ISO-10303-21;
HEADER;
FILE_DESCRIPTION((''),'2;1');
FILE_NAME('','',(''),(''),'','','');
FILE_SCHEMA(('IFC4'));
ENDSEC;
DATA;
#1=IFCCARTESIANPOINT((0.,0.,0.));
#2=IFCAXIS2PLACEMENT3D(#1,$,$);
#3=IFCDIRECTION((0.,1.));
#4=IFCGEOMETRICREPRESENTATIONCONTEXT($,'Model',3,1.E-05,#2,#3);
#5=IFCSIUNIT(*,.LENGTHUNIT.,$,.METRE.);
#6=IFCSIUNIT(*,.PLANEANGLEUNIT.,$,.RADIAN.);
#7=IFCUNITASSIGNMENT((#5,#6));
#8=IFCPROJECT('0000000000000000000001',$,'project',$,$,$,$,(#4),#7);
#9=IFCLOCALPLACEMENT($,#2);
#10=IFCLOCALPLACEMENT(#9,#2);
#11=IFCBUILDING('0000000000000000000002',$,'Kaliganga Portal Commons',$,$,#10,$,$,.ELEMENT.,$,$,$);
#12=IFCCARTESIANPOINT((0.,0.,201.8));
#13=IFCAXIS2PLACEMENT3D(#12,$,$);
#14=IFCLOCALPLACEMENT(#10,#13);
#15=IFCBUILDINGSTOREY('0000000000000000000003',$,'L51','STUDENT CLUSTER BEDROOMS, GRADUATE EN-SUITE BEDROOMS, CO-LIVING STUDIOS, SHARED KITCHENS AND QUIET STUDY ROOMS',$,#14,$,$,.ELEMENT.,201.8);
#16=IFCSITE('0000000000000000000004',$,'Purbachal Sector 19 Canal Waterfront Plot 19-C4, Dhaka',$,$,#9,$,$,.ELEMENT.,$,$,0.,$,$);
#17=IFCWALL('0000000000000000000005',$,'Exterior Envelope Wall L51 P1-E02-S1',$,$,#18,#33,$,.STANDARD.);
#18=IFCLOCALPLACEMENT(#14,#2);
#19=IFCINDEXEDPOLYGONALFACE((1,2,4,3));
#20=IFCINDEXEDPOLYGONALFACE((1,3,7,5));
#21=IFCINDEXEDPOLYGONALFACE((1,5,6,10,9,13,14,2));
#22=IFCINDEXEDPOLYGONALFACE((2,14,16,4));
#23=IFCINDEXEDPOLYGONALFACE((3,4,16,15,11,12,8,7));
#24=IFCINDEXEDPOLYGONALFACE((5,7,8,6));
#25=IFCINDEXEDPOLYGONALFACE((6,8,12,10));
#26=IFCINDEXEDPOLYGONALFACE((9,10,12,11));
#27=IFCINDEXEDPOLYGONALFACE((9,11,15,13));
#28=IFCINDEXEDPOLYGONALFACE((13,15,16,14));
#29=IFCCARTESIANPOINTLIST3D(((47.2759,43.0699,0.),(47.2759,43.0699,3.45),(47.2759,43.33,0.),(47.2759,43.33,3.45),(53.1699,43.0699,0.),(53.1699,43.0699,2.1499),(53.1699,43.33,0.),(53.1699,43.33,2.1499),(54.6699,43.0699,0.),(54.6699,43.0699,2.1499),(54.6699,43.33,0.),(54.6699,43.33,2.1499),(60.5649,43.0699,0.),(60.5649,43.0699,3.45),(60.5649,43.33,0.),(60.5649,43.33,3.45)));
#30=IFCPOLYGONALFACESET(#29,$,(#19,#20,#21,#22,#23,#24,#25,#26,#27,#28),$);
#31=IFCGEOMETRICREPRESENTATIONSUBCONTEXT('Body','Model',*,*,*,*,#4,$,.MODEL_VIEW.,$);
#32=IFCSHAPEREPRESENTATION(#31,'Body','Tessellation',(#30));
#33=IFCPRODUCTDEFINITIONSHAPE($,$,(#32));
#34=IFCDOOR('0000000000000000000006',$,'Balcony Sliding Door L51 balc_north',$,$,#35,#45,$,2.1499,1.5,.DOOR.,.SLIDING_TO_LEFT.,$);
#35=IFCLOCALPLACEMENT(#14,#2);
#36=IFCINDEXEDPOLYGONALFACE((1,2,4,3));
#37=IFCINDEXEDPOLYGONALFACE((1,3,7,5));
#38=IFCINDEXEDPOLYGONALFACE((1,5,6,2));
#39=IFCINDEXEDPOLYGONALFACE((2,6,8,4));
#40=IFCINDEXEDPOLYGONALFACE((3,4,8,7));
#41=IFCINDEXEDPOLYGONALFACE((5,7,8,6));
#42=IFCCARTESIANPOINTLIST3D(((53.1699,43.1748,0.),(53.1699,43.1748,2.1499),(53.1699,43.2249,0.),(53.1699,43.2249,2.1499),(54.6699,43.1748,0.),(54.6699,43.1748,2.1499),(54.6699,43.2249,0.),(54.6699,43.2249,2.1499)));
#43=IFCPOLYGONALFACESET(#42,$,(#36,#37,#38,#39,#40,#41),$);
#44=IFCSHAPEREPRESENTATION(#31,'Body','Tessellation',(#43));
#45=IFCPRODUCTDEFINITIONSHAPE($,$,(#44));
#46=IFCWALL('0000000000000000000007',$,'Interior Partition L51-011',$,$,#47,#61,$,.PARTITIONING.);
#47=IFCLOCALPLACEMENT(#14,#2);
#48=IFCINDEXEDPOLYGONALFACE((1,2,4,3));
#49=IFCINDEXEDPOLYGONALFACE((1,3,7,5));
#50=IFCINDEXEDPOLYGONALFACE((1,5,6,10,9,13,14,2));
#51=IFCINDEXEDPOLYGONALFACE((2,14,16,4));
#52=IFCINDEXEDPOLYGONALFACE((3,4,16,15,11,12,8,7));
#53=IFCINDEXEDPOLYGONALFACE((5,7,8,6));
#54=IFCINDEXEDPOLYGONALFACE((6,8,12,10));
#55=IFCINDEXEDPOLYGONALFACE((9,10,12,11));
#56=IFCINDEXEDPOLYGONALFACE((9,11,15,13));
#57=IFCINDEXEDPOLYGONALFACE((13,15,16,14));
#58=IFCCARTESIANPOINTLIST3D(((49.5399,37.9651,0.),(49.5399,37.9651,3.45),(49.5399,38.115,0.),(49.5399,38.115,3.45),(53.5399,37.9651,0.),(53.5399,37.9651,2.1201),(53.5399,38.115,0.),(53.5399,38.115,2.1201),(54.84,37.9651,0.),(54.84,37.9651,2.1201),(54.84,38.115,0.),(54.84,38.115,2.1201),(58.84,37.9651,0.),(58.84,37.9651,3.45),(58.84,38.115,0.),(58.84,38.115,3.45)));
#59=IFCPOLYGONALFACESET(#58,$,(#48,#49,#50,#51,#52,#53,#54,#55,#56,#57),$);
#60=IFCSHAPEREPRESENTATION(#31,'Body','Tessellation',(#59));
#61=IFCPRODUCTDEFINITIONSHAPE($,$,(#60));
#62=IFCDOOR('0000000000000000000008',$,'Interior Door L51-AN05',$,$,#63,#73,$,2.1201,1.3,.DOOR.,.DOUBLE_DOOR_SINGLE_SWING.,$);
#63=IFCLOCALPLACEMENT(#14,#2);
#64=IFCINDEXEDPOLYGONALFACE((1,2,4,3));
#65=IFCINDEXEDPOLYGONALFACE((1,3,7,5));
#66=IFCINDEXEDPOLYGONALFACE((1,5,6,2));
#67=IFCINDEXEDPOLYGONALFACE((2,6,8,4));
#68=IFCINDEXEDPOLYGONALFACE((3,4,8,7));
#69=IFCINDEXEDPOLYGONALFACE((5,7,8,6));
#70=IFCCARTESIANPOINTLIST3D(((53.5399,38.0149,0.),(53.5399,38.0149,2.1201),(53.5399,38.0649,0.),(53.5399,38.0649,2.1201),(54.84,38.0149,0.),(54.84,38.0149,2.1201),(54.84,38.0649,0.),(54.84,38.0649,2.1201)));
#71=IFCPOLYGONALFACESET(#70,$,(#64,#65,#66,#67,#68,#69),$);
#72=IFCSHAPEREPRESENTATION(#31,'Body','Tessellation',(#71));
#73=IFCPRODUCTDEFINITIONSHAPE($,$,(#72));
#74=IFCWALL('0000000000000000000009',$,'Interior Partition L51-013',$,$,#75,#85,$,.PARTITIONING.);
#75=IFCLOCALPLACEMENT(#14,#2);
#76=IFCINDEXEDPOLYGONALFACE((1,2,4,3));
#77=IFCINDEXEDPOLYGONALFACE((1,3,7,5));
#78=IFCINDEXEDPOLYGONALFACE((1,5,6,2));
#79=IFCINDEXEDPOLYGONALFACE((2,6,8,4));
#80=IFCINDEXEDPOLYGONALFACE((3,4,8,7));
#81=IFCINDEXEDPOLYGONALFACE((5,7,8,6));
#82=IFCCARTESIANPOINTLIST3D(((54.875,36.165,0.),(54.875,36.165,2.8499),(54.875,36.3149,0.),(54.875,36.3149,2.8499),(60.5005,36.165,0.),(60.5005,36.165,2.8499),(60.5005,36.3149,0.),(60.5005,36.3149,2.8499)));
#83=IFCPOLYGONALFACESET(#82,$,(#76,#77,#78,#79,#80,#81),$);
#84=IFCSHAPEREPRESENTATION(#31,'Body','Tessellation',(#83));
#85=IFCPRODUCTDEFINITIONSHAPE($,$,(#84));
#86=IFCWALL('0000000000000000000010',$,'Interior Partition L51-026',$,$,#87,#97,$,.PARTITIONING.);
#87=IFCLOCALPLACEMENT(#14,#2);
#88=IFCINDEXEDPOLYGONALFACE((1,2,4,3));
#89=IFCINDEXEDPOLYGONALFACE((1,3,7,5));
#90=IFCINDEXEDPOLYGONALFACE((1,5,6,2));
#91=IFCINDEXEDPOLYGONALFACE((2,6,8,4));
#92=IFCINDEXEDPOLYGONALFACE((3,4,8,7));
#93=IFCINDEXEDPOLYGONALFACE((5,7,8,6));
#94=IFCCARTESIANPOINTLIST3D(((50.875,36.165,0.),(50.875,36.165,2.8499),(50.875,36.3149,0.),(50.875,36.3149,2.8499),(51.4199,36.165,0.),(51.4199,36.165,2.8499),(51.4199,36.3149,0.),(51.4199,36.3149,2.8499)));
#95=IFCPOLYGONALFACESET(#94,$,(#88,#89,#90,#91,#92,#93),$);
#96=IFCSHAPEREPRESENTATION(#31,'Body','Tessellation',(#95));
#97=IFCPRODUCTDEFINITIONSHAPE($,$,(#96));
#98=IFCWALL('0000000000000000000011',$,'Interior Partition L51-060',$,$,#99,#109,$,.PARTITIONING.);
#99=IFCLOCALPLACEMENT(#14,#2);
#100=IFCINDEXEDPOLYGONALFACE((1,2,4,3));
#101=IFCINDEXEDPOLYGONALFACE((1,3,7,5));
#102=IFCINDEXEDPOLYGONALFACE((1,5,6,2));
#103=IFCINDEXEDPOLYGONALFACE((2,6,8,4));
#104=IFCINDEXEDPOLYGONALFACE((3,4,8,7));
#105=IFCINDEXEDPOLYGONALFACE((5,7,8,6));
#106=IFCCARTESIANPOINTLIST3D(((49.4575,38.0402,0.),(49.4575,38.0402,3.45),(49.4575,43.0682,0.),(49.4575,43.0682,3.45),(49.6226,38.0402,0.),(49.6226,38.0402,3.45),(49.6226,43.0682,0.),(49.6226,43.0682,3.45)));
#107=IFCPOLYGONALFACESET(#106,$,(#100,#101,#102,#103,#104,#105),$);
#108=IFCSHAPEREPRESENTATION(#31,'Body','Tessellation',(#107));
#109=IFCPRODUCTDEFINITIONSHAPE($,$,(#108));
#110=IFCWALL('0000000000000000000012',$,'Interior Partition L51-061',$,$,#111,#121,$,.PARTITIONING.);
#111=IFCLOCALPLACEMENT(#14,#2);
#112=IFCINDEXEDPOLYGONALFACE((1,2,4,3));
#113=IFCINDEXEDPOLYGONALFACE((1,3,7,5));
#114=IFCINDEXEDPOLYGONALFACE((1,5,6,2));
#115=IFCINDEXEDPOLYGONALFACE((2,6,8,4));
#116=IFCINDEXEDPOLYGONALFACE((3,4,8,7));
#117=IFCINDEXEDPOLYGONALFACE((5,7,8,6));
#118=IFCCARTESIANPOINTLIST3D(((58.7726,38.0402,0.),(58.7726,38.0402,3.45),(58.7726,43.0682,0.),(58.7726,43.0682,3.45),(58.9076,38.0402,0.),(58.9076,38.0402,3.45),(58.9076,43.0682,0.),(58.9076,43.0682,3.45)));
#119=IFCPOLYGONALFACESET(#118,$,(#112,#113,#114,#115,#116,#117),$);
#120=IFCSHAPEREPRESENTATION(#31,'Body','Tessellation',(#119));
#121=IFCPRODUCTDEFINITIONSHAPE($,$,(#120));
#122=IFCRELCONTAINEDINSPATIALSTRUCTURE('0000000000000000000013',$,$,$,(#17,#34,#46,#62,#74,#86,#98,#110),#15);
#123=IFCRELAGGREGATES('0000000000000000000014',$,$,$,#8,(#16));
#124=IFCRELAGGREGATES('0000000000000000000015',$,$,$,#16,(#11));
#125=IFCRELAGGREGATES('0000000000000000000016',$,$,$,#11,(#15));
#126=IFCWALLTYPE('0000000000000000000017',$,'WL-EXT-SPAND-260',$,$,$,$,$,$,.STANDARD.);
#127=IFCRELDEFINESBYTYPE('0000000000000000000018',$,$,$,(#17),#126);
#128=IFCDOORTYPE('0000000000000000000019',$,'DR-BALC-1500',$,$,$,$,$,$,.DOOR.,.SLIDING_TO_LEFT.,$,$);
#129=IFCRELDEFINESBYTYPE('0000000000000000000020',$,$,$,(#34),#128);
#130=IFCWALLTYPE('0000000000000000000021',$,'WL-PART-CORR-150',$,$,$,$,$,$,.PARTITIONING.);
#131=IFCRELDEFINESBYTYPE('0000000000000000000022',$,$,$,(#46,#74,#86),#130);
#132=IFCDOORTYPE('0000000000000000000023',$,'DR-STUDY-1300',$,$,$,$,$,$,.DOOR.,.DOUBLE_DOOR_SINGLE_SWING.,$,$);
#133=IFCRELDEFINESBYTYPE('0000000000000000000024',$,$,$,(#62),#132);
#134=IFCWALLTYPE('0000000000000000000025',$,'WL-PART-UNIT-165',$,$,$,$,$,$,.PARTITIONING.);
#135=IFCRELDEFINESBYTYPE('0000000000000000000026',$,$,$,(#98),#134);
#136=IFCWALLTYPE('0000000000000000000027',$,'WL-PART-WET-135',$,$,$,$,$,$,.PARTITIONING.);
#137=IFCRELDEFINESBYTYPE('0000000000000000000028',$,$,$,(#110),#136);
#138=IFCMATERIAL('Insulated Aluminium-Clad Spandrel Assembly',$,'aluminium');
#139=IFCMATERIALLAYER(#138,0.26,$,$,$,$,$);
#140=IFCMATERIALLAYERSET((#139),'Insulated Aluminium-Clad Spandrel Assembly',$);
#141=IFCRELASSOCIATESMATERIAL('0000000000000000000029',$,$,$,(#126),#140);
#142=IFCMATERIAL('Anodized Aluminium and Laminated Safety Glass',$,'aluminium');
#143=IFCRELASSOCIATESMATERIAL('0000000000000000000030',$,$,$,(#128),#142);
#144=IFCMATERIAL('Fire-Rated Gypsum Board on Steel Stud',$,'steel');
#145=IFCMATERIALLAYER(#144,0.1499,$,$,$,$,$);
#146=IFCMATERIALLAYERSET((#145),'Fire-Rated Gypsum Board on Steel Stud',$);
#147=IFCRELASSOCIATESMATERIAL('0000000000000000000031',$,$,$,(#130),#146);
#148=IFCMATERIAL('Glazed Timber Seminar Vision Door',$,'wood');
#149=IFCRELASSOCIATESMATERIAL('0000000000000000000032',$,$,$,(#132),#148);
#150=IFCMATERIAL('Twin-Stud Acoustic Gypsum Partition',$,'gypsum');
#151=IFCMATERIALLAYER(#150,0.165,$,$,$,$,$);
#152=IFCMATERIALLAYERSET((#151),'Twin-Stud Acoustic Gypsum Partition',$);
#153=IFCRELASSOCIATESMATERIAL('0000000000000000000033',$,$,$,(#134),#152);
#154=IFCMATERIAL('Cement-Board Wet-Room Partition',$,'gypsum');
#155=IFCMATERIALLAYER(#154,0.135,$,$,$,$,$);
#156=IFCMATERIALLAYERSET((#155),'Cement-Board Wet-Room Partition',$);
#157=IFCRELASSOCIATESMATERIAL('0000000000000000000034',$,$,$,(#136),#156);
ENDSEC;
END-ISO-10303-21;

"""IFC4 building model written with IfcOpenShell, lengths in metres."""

from ifc_helpers import new_model, si_unit, direction, frame, frame_2d, origin, place, context, subcontext, project, spatial, rectangle, extrude, material, layer, layer_set, type_object, element, fill, save


model = new_model("IFC4")

# Units and contexts
model_context = context("Model", 3, precision=1e-05, world=origin(), true_north=direction((0.0, 1.0)))
body_context = subcontext(model_context, "Body", "Model", "MODEL_VIEW")
ifc_project = project(units=[si_unit("LENGTHUNIT", "METRE"), si_unit("PLANEANGLEUNIT", "RADIAN")], contexts=[model_context])

# Site, building, storey
site_placement = place(None, origin())
site = spatial("IfcSite", under=ifc_project, at=site_placement, Name="Purbachal Sector 19 Canal Waterfront Plot 19-C4, Dhaka", CompositionType="ELEMENT", RefElevation=0.0)
building_placement = place(site_placement, origin())
building = spatial("IfcBuilding", under=site, at=building_placement, Name="Kaliganga Portal Commons", CompositionType="ELEMENT")
storey_placement = place(building_placement, frame((0.0, 0.0, 201.8)))
storey = spatial("IfcBuildingStorey", under=building, at=storey_placement, Name="L51", Description="STUDENT CLUSTER BEDROOMS, GRADUATE EN-SUITE BEDROOMS, CO-LIVING STUDIOS, SHARED KITCHENS AND QUIET STUDY ROOMS", CompositionType="ELEMENT", Elevation=201.8)

# Shared definitions
ifc_material_1 = material(Name="Insulated Aluminium-Clad Spandrel Assembly", Category="aluminium")
ifc_layer_1 = layer(ifc_material_1, 0.26)
ifc_layer_set_1 = layer_set([ifc_layer_1], Name="Insulated Aluminium-Clad Spandrel Assembly")
wall_type_1 = type_object("IfcWallType", Name="WL-EXT-SPAND-260", PredefinedType="STANDARD", material=ifc_layer_set_1)

# Walls, openings, doors
wall_1_placement = place(storey_placement, frame((47.2759, 43.2, 0.0), z_axis=(0.0, 0.0, 1.0), x_axis=(1.0, 0.0, 0.0)))
wall_1 = element("IfcWall", 1, at=wall_1_placement, inside=storey, type_object=wall_type_1, Name="Exterior Envelope Wall L51 P1-E02-S1", PredefinedType="STANDARD", context=body_context, shape_type="SweptSolid", body=[
    extrude(rectangle(XDim=13.2891, YDim=0.26, at=frame_2d((6.6445, 0.0))), origin(), (0.0, 0.0, 1.0), 3.45),
])
opening_1_placement = place(wall_1_placement, frame((5.894, 0.0, 0.0)))
opening_1 = element("IfcOpeningElement", 2, at=opening_1_placement, cuts=wall_1, PredefinedType="OPENING", context=body_context, shape_type="SweptSolid", body=[
    extrude(rectangle(XDim=1.5, YDim=2.1499, at=frame_2d((0.75, 1.075))), frame((0.0, 0.1401, 0.0), z_axis=(0.0, -1.0, 0.0), x_axis=(1.0, 0.0, 0.0)), (0.0, 0.0, 1.0), 0.28),
])
ifc_material_2 = material(Name="Anodized Aluminium and Laminated Safety Glass", Category="aluminium")
door_type_1 = type_object("IfcDoorType", Name="DR-BALC-1500", OperationType="SLIDING_TO_LEFT", PredefinedType="DOOR", material=ifc_material_2)
door_1_placement = place(opening_1_placement, origin())
door_1 = element("IfcDoor", 3, at=door_1_placement, inside=storey, type_object=door_type_1, Name="Balcony Sliding Door L51 balc_north", OperationType="SLIDING_TO_LEFT", OverallHeight=2.1499, OverallWidth=1.5, PredefinedType="DOOR", context=body_context, shape_type="SweptSolid", body=[
    extrude(rectangle(XDim=1.5, YDim=2.1499, at=frame_2d((0.75, 1.075))), frame((0.0, 0.0249, 0.0), z_axis=(0.0, -1.0, 0.0), x_axis=(1.0, 0.0, 0.0)), (0.0, 0.0, 1.0), 0.05),
])
fill(opening_1, door_1)
ifc_material_3 = material(Name="Fire-Rated Gypsum Board on Steel Stud", Category="steel")
ifc_layer_2 = layer(ifc_material_3, 0.1499)
ifc_layer_set_2 = layer_set([ifc_layer_2], Name="Fire-Rated Gypsum Board on Steel Stud")
wall_type_2 = type_object("IfcWallType", Name="WL-PART-CORR-150", PredefinedType="PARTITIONING", material=ifc_layer_set_2)
wall_2_placement = place(storey_placement, frame((49.54, 38.04, 0.0), z_axis=(0.0, 0.0, 1.0), x_axis=(1.0, 0.0, 0.0)))
wall_2 = element("IfcWall", 4, at=wall_2_placement, inside=storey, type_object=wall_type_2, Name="Interior Partition L51-011", PredefinedType="PARTITIONING", context=body_context, shape_type="SweptSolid", body=[
    extrude(rectangle(XDim=9.3, YDim=0.1499, at=frame_2d((4.6499, 0.0))), origin(), (0.0, 0.0, 1.0), 3.45),
])
opening_2_placement = place(wall_2_placement, frame((4.0, 0.0, 0.0)))
opening_2 = element("IfcOpeningElement", 5, at=opening_2_placement, cuts=wall_2, PredefinedType="OPENING", context=body_context, shape_type="SweptSolid", body=[
    extrude(rectangle(XDim=1.3, YDim=2.1201, at=frame_2d((0.6499, 1.0601))), frame((0.0, 0.085, 0.0), z_axis=(0.0, -1.0, 0.0), x_axis=(1.0, 0.0, 0.0)), (0.0, 0.0, 1.0), 0.1699),
])
ifc_material_4 = material(Name="Glazed Timber Seminar Vision Door", Category="wood")
door_type_2 = type_object("IfcDoorType", Name="DR-STUDY-1300", OperationType="DOUBLE_DOOR_SINGLE_SWING", PredefinedType="DOOR", material=ifc_material_4)
door_2_placement = place(opening_2_placement, origin())
door_2 = element("IfcDoor", 6, at=door_2_placement, inside=storey, type_object=door_type_2, Name="Interior Door L51-AN05", OperationType="DOUBLE_DOOR_SINGLE_SWING", OverallHeight=2.1201, OverallWidth=1.3, PredefinedType="DOOR", context=body_context, shape_type="SweptSolid", body=[
    extrude(rectangle(XDim=1.3, YDim=2.1201, at=frame_2d((0.6499, 1.0601))), frame((0.0, 0.0249, 0.0), z_axis=(0.0, -1.0, 0.0), x_axis=(1.0, 0.0, 0.0)), (0.0, 0.0, 1.0), 0.05),
])
fill(opening_2, door_2)

# Wall
wall_3_placement = place(storey_placement, frame((54.875, 36.24, 0.0), z_axis=(0.0, 0.0, 1.0), x_axis=(1.0, 0.0, 0.0)))
element("IfcWall", 7, at=wall_3_placement, inside=storey, type_object=wall_type_2, Name="Interior Partition L51-013", PredefinedType="PARTITIONING", context=body_context, shape_type="SweptSolid", body=[
    extrude(rectangle(XDim=5.6255, YDim=0.1499, at=frame_2d((2.8127, 0.0))), origin(), (0.0, 0.0, 1.0), 2.8499),
])

# Wall
wall_4_placement = place(storey_placement, frame((50.875, 36.24, 0.0), z_axis=(0.0, 0.0, 1.0), x_axis=(1.0, 0.0, 0.0)))
element("IfcWall", 8, at=wall_4_placement, inside=storey, type_object=wall_type_2, Name="Interior Partition L51-026", PredefinedType="PARTITIONING", context=body_context, shape_type="SweptSolid", body=[
    extrude(rectangle(XDim=0.5449, YDim=0.1499, at=frame_2d((0.2725, 0.0))), origin(), (0.0, 0.0, 1.0), 2.8499),
])

# Walls
ifc_material_5 = material(Name="Twin-Stud Acoustic Gypsum Partition", Category="gypsum")
ifc_layer_3 = layer(ifc_material_5, 0.165)
ifc_layer_set_3 = layer_set([ifc_layer_3], Name="Twin-Stud Acoustic Gypsum Partition")
wall_type_3 = type_object("IfcWallType", Name="WL-PART-UNIT-165", PredefinedType="PARTITIONING", material=ifc_layer_set_3)
wall_5_placement = place(storey_placement, frame((49.54, 38.04, 0.0), z_axis=(0.0, 0.0, 1.0), x_axis=(0.0, 1.0, 0.0)))
element("IfcWall", 9, at=wall_5_placement, inside=storey, type_object=wall_type_3, Name="Interior Partition L51-060", PredefinedType="PARTITIONING", context=body_context, shape_type="SweptSolid", body=[
    extrude(rectangle(XDim=5.0281, YDim=0.165, at=frame_2d((2.5142, 0.0))), origin(), (0.0, 0.0, 1.0), 3.45),
])
ifc_material_6 = material(Name="Cement-Board Wet-Room Partition", Category="gypsum")
ifc_layer_4 = layer(ifc_material_6, 0.135)
ifc_layer_set_4 = layer_set([ifc_layer_4], Name="Cement-Board Wet-Room Partition")
wall_type_4 = type_object("IfcWallType", Name="WL-PART-WET-135", PredefinedType="PARTITIONING", material=ifc_layer_set_4)
wall_6_placement = place(storey_placement, frame((58.8401, 38.04, 0.0), z_axis=(0.0, 0.0, 1.0), x_axis=(0.0, 1.0, 0.0)))
element("IfcWall", 10, at=wall_6_placement, inside=storey, type_object=wall_type_4, Name="Interior Partition L51-061", PredefinedType="PARTITIONING", context=body_context, shape_type="SweptSolid", body=[
    extrude(rectangle(XDim=5.0281, YDim=0.135, at=frame_2d((2.5142, 0.0))), origin(), (0.0, 0.0, 1.0), 3.45),
])

save(model, "model.ifc")
